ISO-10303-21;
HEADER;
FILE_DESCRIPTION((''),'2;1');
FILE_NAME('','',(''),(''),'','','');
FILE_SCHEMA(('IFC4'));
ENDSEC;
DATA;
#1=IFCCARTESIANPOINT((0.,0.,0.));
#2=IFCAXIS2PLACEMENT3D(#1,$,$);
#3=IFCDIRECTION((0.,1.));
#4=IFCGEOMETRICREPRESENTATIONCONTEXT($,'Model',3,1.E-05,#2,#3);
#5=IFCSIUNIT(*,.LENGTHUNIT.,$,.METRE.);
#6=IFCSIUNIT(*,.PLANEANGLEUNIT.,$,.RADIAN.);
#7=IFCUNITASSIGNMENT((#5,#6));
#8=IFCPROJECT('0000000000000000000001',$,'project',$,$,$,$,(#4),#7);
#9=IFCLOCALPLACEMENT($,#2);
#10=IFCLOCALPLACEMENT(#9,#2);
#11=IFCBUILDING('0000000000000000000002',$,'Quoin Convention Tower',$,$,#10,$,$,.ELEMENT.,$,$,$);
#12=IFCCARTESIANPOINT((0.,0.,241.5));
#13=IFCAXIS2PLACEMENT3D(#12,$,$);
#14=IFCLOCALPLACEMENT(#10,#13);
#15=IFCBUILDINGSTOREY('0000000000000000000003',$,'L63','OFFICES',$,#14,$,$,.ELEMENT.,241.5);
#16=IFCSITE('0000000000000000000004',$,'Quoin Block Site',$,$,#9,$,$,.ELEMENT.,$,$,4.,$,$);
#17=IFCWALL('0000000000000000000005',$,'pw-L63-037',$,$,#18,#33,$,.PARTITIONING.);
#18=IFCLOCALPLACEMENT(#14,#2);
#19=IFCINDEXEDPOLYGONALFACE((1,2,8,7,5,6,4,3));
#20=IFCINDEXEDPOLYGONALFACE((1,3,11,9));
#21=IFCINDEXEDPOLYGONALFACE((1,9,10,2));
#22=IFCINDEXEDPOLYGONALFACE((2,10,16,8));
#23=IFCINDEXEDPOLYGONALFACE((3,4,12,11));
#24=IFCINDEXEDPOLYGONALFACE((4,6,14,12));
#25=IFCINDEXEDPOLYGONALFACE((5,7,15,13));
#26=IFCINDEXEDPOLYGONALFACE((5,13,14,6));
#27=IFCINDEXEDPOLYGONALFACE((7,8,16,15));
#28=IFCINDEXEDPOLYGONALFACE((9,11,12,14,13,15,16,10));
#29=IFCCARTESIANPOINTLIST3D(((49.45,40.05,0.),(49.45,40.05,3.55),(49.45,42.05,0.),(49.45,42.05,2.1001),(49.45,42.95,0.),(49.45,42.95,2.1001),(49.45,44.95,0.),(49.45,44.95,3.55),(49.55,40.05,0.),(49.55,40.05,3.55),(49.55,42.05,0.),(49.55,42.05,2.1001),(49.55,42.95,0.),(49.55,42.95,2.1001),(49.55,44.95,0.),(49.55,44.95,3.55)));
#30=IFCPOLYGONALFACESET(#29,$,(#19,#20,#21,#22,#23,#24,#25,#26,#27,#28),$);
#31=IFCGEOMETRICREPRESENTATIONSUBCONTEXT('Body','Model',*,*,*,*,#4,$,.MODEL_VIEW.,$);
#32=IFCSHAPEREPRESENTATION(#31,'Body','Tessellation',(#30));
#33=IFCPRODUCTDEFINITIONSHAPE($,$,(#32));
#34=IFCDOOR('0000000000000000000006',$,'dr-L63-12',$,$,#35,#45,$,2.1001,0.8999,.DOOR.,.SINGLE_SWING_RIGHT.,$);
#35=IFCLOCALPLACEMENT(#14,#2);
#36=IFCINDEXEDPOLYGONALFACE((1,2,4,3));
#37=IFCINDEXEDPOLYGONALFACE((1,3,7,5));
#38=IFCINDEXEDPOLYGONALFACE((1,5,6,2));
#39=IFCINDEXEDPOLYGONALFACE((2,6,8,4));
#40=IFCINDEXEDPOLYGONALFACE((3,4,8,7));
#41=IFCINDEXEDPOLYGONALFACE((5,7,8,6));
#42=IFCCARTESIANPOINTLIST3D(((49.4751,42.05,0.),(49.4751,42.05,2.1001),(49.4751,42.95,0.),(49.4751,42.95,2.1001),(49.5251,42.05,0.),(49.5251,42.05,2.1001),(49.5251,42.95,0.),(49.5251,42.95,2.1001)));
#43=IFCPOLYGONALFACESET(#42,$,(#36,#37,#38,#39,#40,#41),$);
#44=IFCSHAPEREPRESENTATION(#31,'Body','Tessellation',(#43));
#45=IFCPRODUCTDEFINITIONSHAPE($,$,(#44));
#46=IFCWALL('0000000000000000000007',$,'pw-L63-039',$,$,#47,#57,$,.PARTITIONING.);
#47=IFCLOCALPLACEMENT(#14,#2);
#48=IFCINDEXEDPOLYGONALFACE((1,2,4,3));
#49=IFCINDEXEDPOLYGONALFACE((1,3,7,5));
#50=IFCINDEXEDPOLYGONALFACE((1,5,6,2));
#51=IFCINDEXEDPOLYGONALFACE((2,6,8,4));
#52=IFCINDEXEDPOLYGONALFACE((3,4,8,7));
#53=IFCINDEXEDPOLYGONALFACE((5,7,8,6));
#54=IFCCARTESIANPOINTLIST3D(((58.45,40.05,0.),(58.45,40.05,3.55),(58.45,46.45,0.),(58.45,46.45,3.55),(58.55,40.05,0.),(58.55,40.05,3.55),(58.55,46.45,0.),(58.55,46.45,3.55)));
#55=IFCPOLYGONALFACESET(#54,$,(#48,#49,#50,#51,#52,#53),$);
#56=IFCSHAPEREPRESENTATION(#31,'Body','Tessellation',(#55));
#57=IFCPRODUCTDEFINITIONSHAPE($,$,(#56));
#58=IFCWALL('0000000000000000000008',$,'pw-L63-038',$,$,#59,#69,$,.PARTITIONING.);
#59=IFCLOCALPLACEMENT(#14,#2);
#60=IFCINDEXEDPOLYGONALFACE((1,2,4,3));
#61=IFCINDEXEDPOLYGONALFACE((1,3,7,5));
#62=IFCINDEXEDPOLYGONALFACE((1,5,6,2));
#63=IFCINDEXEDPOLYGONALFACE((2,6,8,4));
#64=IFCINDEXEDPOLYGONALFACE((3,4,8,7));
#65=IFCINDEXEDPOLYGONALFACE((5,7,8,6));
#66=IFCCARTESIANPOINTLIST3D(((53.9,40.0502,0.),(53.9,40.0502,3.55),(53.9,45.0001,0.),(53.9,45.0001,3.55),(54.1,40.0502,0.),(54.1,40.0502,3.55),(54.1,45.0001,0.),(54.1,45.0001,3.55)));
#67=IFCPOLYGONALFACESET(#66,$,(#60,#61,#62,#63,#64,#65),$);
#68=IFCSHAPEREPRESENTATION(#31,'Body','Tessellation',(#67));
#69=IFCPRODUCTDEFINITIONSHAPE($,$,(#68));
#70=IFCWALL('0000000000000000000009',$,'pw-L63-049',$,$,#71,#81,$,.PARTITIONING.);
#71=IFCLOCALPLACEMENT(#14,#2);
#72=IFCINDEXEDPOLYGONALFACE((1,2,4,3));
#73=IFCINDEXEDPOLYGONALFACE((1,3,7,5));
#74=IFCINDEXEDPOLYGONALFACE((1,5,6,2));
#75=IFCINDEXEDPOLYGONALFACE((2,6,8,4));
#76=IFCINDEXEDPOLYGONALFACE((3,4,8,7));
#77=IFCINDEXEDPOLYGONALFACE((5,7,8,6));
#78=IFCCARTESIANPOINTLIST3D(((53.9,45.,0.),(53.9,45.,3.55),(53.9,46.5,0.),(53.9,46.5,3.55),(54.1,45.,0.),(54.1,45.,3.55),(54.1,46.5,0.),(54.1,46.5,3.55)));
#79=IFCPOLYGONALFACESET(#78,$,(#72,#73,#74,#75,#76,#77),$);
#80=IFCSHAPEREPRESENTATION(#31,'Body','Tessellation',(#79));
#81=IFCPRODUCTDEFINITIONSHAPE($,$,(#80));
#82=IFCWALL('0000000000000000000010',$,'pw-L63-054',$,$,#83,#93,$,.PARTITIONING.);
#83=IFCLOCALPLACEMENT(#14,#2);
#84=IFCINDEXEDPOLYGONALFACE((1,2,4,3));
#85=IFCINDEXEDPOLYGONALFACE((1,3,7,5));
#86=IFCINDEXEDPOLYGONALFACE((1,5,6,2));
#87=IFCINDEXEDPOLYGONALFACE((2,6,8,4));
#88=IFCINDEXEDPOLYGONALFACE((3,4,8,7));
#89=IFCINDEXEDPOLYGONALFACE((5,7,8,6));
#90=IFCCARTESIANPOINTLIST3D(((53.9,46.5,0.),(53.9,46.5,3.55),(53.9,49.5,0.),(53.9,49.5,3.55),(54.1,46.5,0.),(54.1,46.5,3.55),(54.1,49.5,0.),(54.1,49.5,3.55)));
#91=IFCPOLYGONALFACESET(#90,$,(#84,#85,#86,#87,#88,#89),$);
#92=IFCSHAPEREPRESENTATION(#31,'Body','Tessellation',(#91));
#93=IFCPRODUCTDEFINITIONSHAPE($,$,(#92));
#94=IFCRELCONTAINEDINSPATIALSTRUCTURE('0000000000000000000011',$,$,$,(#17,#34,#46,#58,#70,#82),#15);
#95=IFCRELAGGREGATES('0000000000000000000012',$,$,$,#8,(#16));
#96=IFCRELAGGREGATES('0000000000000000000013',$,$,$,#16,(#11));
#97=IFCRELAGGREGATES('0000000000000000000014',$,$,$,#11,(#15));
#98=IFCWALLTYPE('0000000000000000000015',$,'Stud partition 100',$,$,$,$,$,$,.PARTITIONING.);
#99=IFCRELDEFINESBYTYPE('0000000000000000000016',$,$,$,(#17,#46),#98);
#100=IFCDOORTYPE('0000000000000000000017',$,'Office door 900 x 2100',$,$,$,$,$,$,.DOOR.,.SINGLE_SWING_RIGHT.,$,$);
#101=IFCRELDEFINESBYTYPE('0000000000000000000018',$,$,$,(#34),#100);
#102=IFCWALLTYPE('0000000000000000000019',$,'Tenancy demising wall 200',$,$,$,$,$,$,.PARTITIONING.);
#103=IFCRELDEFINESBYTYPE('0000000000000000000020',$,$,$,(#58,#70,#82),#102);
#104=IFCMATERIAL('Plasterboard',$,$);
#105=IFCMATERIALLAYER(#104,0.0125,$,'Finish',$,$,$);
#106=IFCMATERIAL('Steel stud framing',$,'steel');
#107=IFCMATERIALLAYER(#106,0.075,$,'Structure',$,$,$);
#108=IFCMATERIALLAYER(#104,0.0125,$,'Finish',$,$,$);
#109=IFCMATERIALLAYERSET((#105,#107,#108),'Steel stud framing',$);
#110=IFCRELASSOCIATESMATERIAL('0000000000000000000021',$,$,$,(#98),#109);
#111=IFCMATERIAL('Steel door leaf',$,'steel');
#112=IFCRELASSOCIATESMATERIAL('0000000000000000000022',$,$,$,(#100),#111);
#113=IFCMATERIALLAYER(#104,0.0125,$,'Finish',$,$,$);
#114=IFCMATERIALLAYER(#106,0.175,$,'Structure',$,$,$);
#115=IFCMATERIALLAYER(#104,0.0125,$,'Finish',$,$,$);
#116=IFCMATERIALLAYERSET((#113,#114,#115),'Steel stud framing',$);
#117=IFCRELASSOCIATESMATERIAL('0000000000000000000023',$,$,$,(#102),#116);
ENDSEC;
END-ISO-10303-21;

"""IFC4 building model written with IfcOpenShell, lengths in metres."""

from ifc_helpers import new_model, si_unit, direction, frame, frame_2d, origin, place, context, subcontext, project, spatial, rectangle, extrude, material, layer, layer_set, type_object, element, fill, save


model = new_model("IFC4")

# Units and contexts
model_context = context("Model", 3, precision=1e-05, world=origin(), true_north=direction((0.0, 1.0)))
body_context = subcontext(model_context, "Body", "Model", "MODEL_VIEW")
ifc_project = project(units=[si_unit("LENGTHUNIT", "METRE"), si_unit("PLANEANGLEUNIT", "RADIAN")], contexts=[model_context])

# Site, building, storey
site_placement = place(None, origin())
site = spatial("IfcSite", under=ifc_project, at=site_placement, Name="Quoin Block Site", CompositionType="ELEMENT", RefElevation=4.0)
building_placement = place(site_placement, origin())
building = spatial("IfcBuilding", under=site, at=building_placement, Name="Quoin Convention Tower", CompositionType="ELEMENT")
storey_placement = place(building_placement, frame((0.0, 0.0, 241.5)))
storey = spatial("IfcBuildingStorey", under=building, at=storey_placement, Name="L63", Description="OFFICES", CompositionType="ELEMENT", Elevation=241.5)

# Shared definitions
ifc_material_1 = material(Name="Plasterboard")
ifc_material_2 = material(Name="Steel stud framing", Category="steel")
ifc_layer_1 = layer(ifc_material_1, 0.0125, Name="Finish")
ifc_layer_2 = layer(ifc_material_2, 0.075, Name="Structure")
ifc_layer_3 = layer(ifc_material_1, 0.0125, Name="Finish")
ifc_layer_set_1 = layer_set([ifc_layer_1, ifc_layer_2, ifc_layer_3], Name="Steel stud framing")
wall_type_1 = type_object("IfcWallType", Name="Stud partition 100", PredefinedType="PARTITIONING", material=ifc_layer_set_1)

# Shared definitions
ifc_material_3 = material(Name="Steel door leaf", Category="steel")
door_type = type_object("IfcDoorType", Name="Office door 900 x 2100", OperationType="SINGLE_SWING_RIGHT", PredefinedType="DOOR", material=ifc_material_3)

# Wall, opening, door
wall_1_placement = place(storey_placement, frame((49.5, 40.05, 0.0), z_axis=(0.0, 0.0, 1.0), x_axis=(0.0, 1.0, 0.0)))
wall_1 = element("IfcWall", 1, at=wall_1_placement, inside=storey, type_object=wall_type_1, Name="pw-L63-037", PredefinedType="PARTITIONING", context=body_context, shape_type="SweptSolid", body=[
    extrude(rectangle(XDim=4.8999, YDim=0.1001, at=frame_2d((2.45, 0.0))), origin(), (0.0, 0.0, 1.0), 3.55),
])
opening_1_placement = place(wall_1_placement, frame((2.0, 0.0, 0.0)))
opening_1 = element("IfcOpeningElement", 2, at=opening_1_placement, cuts=wall_1, PredefinedType="OPENING", context=body_context, shape_type="SweptSolid", body=[
    extrude(rectangle(XDim=0.8999, YDim=2.1001, at=frame_2d((0.45, 1.05))), frame((0.0, 0.0601, 0.0), z_axis=(0.0, -1.0, 0.0), x_axis=(1.0, 0.0, 0.0)), (0.0, 0.0, 1.0), 0.1201),
])
door_1_placement = place(opening_1_placement, origin())
door_1 = element("IfcDoor", 3, at=door_1_placement, inside=storey, type_object=door_type, Name="dr-L63-12", OperationType="SINGLE_SWING_RIGHT", OverallHeight=2.1001, OverallWidth=0.8999, PredefinedType="DOOR", context=body_context, shape_type="SweptSolid", body=[
    extrude(rectangle(XDim=0.8999, YDim=2.1001, at=frame_2d((0.45, 1.05))), frame((0.0, 0.0249, 0.0), z_axis=(0.0, -1.0, 0.0), x_axis=(1.0, 0.0, 0.0)), (0.0, 0.0, 1.0), 0.05),
])
fill(opening_1, door_1)

# Walls
wall_2_placement = place(storey_placement, frame((58.5, 40.05, 0.0), z_axis=(0.0, 0.0, 1.0), x_axis=(0.0, 1.0, 0.0)))
element("IfcWall", 4, at=wall_2_placement, inside=storey, type_object=wall_type_1, Name="pw-L63-039", PredefinedType="PARTITIONING", context=body_context, shape_type="SweptSolid", body=[
    extrude(rectangle(XDim=6.3999, YDim=0.1001, at=frame_2d((3.2, 0.0))), origin(), (0.0, 0.0, 1.0), 3.55),
])
ifc_layer_4 = layer(ifc_material_1, 0.0125, Name="Finish")
ifc_layer_5 = layer(ifc_material_2, 0.175, Name="Structure")
ifc_layer_6 = layer(ifc_material_1, 0.0125, Name="Finish")
ifc_layer_set_2 = layer_set([ifc_layer_4, ifc_layer_5, ifc_layer_6], Name="Steel stud framing")
wall_type_2 = type_object("IfcWallType", Name="Tenancy demising wall 200", PredefinedType="PARTITIONING", material=ifc_layer_set_2)
wall_3_placement = place(storey_placement, frame((54.0, 40.05, 0.0), z_axis=(0.0, 0.0, 1.0), x_axis=(0.0, 1.0, 0.0)))
element("IfcWall", 5, at=wall_3_placement, inside=storey, type_object=wall_type_2, Name="pw-L63-038", PredefinedType="PARTITIONING", context=body_context, shape_type="SweptSolid", body=[
    extrude(rectangle(XDim=4.95, YDim=0.2, at=frame_2d((2.4751, 0.0))), origin(), (0.0, 0.0, 1.0), 3.55),
])
wall_4_placement = place(storey_placement, frame((54.0, 45.0, 0.0), z_axis=(0.0, 0.0, 1.0), x_axis=(0.0, 1.0, 0.0)))
element("IfcWall", 6, at=wall_4_placement, inside=storey, type_object=wall_type_2, Name="pw-L63-049", PredefinedType="PARTITIONING", context=body_context, shape_type="SweptSolid", body=[
    extrude(rectangle(XDim=1.5, YDim=0.2, at=frame_2d((0.75, 0.0))), origin(), (0.0, 0.0, 1.0), 3.55),
])
wall_5_placement = place(storey_placement, frame((54.0, 46.5, 0.0), z_axis=(0.0, 0.0, 1.0), x_axis=(0.0, 1.0, 0.0)))
element("IfcWall", 7, at=wall_5_placement, inside=storey, type_object=wall_type_2, Name="pw-L63-054", PredefinedType="PARTITIONING", context=body_context, shape_type="SweptSolid", body=[
    extrude(rectangle(XDim=3.0, YDim=0.2, at=frame_2d((1.5, 0.0))), origin(), (0.0, 0.0, 1.0), 3.55),
])

save(model, "model.ifc")
